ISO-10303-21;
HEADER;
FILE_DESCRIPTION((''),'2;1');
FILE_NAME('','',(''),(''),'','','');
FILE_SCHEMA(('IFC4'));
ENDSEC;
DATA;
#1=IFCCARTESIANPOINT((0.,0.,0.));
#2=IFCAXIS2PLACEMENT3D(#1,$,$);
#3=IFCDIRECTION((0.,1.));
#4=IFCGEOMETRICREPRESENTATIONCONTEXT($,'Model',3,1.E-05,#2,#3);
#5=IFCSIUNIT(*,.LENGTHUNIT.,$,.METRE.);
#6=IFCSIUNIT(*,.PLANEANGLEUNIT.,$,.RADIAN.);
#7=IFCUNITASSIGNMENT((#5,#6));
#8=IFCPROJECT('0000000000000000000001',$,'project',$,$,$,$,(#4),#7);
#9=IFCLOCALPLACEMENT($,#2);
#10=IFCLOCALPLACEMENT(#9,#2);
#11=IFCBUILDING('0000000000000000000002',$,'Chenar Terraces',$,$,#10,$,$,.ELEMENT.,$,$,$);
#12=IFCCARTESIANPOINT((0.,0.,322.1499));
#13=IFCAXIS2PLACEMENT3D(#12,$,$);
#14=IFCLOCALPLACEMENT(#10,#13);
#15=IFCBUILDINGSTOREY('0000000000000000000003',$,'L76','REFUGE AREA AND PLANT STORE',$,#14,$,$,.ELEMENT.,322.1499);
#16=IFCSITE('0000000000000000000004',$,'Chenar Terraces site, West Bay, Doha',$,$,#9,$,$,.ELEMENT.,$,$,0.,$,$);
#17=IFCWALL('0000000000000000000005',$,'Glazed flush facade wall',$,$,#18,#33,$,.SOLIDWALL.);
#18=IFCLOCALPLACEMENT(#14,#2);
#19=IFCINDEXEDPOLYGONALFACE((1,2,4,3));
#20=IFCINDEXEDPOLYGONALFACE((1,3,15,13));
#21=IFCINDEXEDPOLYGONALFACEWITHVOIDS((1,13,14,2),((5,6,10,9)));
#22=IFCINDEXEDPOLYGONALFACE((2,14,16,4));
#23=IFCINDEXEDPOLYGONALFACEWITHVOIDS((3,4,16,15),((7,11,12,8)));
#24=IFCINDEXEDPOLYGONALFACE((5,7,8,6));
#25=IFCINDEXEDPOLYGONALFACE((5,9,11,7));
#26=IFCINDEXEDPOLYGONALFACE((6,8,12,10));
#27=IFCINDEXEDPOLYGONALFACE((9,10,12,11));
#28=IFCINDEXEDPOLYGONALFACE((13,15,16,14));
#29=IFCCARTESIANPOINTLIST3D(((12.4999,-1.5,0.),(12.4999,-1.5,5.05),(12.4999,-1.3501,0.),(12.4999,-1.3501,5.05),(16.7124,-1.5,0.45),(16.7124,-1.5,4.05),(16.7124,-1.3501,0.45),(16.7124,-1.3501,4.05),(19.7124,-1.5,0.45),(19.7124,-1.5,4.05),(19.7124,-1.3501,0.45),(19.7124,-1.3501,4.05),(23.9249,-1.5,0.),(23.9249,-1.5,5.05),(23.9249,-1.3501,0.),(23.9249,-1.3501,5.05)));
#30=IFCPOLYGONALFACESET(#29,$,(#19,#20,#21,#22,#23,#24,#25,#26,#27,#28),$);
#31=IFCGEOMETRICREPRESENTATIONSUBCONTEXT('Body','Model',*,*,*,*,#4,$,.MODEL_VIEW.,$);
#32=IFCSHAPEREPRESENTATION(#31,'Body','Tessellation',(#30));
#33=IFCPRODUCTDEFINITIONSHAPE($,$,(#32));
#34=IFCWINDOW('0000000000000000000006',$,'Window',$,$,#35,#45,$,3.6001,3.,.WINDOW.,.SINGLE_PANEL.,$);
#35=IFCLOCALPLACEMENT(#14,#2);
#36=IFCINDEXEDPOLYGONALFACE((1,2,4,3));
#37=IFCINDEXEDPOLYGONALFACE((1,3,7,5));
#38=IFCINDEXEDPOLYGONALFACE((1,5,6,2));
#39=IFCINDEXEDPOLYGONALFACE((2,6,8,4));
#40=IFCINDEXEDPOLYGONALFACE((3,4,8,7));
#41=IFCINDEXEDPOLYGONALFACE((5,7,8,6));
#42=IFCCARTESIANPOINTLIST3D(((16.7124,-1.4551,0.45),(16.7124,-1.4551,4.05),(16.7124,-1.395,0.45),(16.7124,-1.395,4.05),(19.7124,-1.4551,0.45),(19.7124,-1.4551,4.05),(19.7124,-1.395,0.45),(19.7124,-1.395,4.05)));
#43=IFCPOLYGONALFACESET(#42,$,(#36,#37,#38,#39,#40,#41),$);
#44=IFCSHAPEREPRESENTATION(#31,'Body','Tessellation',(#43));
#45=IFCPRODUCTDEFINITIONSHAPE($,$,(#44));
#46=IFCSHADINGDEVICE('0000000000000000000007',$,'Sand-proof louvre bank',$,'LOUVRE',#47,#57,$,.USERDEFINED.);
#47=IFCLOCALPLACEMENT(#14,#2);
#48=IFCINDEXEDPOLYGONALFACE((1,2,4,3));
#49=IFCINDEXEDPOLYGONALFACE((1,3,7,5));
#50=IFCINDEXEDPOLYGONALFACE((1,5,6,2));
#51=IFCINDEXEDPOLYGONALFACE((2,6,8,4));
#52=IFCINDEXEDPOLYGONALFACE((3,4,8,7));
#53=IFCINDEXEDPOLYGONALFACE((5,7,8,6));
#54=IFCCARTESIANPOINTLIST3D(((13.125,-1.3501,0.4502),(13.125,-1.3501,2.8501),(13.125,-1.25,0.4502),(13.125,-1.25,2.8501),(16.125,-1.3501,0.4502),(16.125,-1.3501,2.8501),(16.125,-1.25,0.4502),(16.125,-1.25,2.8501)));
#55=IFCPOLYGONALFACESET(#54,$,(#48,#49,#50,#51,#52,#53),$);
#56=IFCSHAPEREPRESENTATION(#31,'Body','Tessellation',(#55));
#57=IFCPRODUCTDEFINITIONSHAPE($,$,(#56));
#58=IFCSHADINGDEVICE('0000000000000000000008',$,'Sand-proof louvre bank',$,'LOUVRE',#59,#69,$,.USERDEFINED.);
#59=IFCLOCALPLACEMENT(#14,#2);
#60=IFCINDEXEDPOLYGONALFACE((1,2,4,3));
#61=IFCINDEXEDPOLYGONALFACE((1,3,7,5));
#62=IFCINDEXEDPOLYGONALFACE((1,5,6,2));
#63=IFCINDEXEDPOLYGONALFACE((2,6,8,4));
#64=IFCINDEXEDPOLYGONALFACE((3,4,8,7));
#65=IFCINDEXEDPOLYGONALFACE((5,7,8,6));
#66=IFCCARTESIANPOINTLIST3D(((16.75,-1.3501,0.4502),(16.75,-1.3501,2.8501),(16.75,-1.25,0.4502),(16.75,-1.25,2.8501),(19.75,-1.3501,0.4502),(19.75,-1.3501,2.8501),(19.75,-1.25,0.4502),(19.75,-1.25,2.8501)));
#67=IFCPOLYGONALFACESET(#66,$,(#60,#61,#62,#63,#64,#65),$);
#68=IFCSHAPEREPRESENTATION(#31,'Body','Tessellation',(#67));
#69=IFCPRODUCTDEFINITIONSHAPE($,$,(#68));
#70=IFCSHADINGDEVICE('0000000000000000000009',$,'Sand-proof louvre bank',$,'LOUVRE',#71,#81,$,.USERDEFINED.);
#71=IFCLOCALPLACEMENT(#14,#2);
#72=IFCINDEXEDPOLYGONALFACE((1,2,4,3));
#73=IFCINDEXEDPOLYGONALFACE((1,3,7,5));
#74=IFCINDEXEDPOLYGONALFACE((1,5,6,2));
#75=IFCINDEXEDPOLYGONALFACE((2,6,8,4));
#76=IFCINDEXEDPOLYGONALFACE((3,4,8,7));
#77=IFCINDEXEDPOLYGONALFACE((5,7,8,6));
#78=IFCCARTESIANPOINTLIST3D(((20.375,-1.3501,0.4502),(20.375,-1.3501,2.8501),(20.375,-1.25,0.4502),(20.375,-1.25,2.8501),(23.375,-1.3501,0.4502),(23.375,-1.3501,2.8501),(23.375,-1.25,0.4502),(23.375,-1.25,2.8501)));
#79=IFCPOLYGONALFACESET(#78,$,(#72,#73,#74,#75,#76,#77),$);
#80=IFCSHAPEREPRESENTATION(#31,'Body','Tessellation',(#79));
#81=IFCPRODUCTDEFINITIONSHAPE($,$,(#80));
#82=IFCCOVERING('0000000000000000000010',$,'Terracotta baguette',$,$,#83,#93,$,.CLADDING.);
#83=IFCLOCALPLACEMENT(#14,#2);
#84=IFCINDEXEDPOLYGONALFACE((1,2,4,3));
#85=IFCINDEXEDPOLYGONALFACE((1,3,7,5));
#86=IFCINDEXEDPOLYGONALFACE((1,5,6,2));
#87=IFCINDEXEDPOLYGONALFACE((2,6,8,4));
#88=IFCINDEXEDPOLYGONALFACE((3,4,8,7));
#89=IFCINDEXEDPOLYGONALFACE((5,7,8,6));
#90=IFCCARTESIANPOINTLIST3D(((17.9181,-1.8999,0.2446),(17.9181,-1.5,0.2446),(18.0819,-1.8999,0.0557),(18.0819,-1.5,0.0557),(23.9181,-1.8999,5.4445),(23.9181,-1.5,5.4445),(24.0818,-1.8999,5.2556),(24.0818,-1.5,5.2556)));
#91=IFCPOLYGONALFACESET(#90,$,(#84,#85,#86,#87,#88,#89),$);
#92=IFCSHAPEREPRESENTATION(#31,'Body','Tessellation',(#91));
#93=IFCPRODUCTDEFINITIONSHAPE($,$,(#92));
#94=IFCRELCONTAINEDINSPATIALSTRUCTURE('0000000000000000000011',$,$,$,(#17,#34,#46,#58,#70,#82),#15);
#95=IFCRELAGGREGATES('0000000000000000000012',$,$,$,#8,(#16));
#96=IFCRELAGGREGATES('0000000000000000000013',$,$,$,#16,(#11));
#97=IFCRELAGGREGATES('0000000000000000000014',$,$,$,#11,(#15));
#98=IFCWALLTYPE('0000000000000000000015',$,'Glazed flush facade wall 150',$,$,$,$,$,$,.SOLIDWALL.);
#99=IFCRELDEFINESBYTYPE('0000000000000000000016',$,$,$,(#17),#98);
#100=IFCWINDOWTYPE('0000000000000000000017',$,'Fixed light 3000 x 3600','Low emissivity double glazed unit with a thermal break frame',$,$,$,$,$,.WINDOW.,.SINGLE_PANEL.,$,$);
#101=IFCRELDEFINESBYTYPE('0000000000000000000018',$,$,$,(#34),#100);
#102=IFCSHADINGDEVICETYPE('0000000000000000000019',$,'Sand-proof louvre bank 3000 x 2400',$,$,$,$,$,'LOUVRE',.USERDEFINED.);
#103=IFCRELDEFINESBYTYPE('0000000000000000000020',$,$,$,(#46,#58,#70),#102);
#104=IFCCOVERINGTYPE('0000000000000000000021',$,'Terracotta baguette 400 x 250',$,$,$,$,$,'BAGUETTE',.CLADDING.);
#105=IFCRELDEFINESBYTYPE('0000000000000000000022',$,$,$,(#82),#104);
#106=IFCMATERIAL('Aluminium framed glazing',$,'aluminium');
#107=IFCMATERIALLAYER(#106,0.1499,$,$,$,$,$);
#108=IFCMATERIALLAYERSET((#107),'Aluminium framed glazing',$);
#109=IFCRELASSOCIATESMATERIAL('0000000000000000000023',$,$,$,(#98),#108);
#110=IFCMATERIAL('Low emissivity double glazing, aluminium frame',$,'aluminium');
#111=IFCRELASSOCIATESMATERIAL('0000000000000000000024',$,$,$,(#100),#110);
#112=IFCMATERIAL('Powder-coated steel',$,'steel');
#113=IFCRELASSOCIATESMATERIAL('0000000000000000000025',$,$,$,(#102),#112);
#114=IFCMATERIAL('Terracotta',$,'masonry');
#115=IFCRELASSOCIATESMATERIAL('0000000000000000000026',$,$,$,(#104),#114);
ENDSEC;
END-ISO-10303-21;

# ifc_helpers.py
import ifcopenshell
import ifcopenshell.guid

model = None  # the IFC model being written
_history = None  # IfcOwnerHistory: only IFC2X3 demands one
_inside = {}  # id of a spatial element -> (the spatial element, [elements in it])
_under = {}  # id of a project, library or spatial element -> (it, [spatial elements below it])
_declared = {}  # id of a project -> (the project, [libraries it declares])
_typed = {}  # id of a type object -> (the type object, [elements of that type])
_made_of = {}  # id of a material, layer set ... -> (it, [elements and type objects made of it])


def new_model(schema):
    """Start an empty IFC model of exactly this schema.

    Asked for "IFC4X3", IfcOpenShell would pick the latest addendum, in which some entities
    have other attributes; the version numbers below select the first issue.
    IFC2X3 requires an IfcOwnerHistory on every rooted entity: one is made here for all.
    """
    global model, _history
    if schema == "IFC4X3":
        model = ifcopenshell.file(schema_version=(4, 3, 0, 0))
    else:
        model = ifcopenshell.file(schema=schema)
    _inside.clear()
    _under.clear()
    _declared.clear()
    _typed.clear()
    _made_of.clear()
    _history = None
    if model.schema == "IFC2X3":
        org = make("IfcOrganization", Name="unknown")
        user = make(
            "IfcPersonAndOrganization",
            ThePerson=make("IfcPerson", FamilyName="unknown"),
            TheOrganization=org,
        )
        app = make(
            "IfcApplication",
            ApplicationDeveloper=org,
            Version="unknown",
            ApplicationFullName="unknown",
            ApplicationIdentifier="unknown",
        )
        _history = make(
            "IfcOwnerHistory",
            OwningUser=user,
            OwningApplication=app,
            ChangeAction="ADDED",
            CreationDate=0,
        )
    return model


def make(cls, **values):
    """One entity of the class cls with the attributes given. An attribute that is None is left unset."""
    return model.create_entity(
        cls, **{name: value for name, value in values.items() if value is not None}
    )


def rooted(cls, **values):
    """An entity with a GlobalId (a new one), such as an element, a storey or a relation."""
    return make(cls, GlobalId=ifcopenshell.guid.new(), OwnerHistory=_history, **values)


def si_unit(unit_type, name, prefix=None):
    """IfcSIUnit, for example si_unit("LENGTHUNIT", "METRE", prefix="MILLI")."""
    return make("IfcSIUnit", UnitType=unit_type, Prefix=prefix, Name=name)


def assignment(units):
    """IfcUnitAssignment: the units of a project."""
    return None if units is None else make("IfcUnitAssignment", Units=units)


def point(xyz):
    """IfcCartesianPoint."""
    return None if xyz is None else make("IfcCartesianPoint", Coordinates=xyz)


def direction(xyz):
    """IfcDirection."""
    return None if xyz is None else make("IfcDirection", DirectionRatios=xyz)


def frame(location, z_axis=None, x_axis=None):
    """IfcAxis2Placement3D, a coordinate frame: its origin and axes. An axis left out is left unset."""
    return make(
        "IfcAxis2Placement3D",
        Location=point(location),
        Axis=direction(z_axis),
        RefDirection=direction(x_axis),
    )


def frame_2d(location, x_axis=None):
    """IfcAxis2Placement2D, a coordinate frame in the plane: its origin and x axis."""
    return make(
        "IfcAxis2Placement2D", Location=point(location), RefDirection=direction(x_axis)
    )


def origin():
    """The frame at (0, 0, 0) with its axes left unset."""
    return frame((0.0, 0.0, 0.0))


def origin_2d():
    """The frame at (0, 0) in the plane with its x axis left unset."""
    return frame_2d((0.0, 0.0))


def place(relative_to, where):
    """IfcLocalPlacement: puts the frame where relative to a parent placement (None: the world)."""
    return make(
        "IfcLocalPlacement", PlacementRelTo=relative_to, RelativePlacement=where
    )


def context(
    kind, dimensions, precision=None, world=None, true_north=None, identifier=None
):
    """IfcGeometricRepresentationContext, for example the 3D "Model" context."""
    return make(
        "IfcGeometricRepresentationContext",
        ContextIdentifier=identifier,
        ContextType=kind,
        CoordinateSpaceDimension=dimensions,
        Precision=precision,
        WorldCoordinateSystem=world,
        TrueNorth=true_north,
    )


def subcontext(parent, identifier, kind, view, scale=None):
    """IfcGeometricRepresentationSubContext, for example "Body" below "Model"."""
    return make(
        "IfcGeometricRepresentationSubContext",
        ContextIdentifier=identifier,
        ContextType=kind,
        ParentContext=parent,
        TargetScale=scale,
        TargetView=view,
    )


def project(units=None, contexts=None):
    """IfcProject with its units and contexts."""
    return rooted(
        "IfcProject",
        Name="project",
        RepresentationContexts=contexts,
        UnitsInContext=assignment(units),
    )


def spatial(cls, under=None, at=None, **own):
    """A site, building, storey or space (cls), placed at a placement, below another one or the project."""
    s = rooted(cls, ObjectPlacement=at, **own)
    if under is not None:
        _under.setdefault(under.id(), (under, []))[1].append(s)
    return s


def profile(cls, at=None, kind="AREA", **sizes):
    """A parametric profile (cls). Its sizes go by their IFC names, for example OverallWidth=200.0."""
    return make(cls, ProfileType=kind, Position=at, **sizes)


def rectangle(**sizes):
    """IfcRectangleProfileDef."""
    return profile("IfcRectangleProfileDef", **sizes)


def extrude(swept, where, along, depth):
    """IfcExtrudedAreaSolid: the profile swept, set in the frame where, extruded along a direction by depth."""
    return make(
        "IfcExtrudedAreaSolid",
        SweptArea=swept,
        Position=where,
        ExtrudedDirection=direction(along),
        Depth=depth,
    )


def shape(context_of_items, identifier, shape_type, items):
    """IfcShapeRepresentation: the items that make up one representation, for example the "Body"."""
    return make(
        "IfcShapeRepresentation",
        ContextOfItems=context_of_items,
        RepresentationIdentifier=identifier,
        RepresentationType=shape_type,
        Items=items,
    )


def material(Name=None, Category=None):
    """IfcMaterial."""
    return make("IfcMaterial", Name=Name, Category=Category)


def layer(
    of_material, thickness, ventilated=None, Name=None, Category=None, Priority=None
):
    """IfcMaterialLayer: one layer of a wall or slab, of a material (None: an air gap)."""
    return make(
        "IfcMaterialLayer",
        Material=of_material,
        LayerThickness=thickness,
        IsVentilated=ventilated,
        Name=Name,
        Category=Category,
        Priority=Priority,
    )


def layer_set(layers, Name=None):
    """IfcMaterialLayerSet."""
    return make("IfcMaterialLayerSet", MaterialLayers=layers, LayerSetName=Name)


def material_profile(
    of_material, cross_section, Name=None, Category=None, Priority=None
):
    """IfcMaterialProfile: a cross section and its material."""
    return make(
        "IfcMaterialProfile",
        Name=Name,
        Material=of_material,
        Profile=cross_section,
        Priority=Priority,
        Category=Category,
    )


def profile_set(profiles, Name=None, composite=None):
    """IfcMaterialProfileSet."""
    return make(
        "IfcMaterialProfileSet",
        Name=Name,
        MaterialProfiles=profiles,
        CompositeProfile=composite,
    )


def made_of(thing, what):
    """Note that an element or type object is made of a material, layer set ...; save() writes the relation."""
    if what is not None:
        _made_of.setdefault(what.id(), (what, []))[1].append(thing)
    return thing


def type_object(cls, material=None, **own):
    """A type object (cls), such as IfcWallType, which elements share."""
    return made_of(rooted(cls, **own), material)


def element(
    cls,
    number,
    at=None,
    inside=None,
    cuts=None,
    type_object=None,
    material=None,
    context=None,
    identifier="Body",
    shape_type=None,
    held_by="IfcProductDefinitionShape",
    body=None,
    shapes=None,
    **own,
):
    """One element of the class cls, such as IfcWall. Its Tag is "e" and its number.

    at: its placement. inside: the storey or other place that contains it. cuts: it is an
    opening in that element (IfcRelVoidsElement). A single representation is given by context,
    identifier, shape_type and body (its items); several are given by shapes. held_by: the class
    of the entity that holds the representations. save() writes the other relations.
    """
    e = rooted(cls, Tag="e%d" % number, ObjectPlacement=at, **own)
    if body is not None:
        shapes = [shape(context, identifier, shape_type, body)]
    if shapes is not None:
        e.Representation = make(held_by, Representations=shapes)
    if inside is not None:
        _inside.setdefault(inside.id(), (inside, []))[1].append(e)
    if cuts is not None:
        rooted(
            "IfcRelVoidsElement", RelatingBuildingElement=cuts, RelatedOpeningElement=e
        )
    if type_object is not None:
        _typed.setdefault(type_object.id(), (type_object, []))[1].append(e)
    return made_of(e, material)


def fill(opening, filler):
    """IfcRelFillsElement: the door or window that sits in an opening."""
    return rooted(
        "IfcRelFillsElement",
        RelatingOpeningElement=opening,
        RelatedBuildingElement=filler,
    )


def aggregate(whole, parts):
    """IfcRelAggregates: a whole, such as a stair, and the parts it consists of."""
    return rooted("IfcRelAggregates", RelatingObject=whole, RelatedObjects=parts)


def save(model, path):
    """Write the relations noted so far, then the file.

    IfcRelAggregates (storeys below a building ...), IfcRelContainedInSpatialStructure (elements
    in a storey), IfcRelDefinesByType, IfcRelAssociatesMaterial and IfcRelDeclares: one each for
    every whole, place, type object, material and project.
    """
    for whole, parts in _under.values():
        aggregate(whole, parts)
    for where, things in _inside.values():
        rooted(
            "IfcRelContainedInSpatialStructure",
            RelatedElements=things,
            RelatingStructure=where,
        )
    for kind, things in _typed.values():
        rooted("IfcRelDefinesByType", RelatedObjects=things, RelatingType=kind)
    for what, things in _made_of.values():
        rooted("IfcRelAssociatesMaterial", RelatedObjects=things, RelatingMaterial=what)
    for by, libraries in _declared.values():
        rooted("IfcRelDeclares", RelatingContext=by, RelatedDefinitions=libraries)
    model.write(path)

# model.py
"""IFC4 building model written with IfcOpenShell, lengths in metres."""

from ifc_helpers import new_model, si_unit, direction, frame, frame_2d, origin, origin_2d, place, context, subcontext, project, spatial, rectangle, extrude, material, layer, layer_set, material_profile, profile_set, type_object, element, fill, save


model = new_model("IFC4")

# Units and contexts
model_context = context("Model", 3, precision=1e-05, world=origin(), true_north=direction((0.0, 1.0)))
body_context = subcontext(model_context, "Body", "Model", "MODEL_VIEW")
ifc_project = project(units=[si_unit("LENGTHUNIT", "METRE"), si_unit("PLANEANGLEUNIT", "RADIAN")], contexts=[model_context])

# Site, building, storey
site_placement = place(None, origin())
site = spatial("IfcSite", under=ifc_project, at=site_placement, Name="Chenar Terraces site, West Bay, Doha", CompositionType="ELEMENT", RefElevation=0.0)
building_placement = place(site_placement, origin())
building = spatial("IfcBuilding", under=site, at=building_placement, Name="Chenar Terraces", CompositionType="ELEMENT")
storey_placement = place(building_placement, frame((0.0, 0.0, 322.1499)))
storey = spatial("IfcBuildingStorey", under=building, at=storey_placement, Name="L76", Description="REFUGE AREA AND PLANT STORE", CompositionType="ELEMENT", Elevation=322.1499)

# Wall, opening, window
ifc_material_1 = material(Name="Aluminium framed glazing", Category="aluminium")
ifc_layer_1 = layer(ifc_material_1, 0.1499)
ifc_layer_set_1 = layer_set([ifc_layer_1], Name="Aluminium framed glazing")
wall_type_1 = type_object("IfcWallType", Name="Glazed flush facade wall 150", PredefinedType="SOLIDWALL", material=ifc_layer_set_1)
wall_1_placement = place(storey_placement, frame((12.5, -1.425, 0.0), z_axis=(0.0, 0.0, 1.0), x_axis=(1.0, 0.0, 0.0)))
wall_1 = element("IfcWall", 1, at=wall_1_placement, inside=storey, type_object=wall_type_1, Name="Glazed flush facade wall", PredefinedType="SOLIDWALL", context=body_context, shape_type="SweptSolid", body=[
    extrude(rectangle(XDim=11.425, YDim=0.1499, at=frame_2d((5.7124, 0.0))), origin(), (0.0, 0.0, 1.0), 5.05),
])
opening_1_placement = place(wall_1_placement, frame((4.2124, 0.0, 0.45)))
opening_1 = element("IfcOpeningElement", 2, at=opening_1_placement, cuts=wall_1, PredefinedType="OPENING", context=body_context, shape_type="SweptSolid", body=[
    extrude(rectangle(XDim=3.0, YDim=3.6001, at=frame_2d((1.5, 1.8))), frame((0.0, 0.085, 0.0), z_axis=(0.0, -1.0, 0.0), x_axis=(1.0, 0.0, 0.0)), (0.0, 0.0, 1.0), 0.1699),
])
ifc_material_2 = material(Name="Low emissivity double glazing, aluminium frame", Category="aluminium")
window_type = type_object("IfcWindowType", Name="Fixed light 3000 x 3600", Description="Low emissivity double glazed unit with a thermal break frame", PartitioningType="SINGLE_PANEL", PredefinedType="WINDOW", material=ifc_material_2)
window_placement = place(opening_1_placement, origin())
window = element("IfcWindow", 3, at=window_placement, inside=storey, type_object=window_type, Name="Window", OverallHeight=3.6001, OverallWidth=3.0, PartitioningType="SINGLE_PANEL", PredefinedType="WINDOW", context=body_context, shape_type="SweptSolid", body=[
    extrude(rectangle(XDim=3.0, YDim=3.6001, at=frame_2d((1.5, 1.8))), frame((0.0, 0.03, 0.0), z_axis=(0.0, -1.0, 0.0), x_axis=(1.0, 0.0, 0.0)), (0.0, 0.0, 1.0), 0.0601),
])
fill(opening_1, window)

# Shading devices
ifc_material_3 = material(Name="Powder-coated steel", Category="steel")
shading_device_type = type_object("IfcShadingDeviceType", Name="Sand-proof louvre bank 3000 x 2400", ElementType="LOUVRE", PredefinedType="USERDEFINED", material=ifc_material_3)
for number, where, z_axis, x_axis, name in (
    (4, (14.625, -1.3, 0.4502), (0.0, 0.0, 1.0), (1.0, 0.0, 0.0), "Sand-proof louvre bank"),
    (5, (18.25, -1.3, 0.4502), (0.0, 0.0, 1.0), (1.0, 0.0, 0.0), "Sand-proof louvre bank"),
    (6, (21.875, -1.3, 0.4502), (0.0, 0.0, 1.0), (1.0, 0.0, 0.0), "Sand-proof louvre bank"),
):
    element("IfcShadingDevice", number, at=place(storey_placement, frame(where, z_axis=z_axis, x_axis=x_axis)), inside=storey, type_object=shading_device_type, Name=name, ObjectType="LOUVRE", PredefinedType="USERDEFINED", context=body_context, shape_type="SweptSolid", body=[
        extrude(rectangle(XDim=3.0, YDim=0.1001, at=origin_2d()), origin(), (0.0, 0.0, 1.0), 2.3999),
    ])

# Covering
ifc_material_4 = material(Name="Terracotta", Category="masonry")
ifc_material_profile_1 = material_profile(ifc_material_4, rectangle(XDim=0.3999, YDim=0.25, at=origin_2d()), Name="Terracotta baguette 400 x 250")
ifc_profile_set_1 = profile_set([ifc_material_profile_1], Name="Terracotta")
covering_type = type_object("IfcCoveringType", Name="Terracotta baguette 400 x 250", ElementType="BAGUETTE", PredefinedType="CLADDING", material=ifc_profile_set_1)
covering_placement = place(storey_placement, frame((18.0, -1.7, 0.1501), z_axis=(0.755692, 0.0, 0.654927), x_axis=(0.0, 1.0, 0.0)))
element("IfcCovering", 7, at=covering_placement, inside=storey, type_object=covering_type, Name="Terracotta baguette", PredefinedType="CLADDING", context=body_context, shape_type="SweptSolid", body=[
    extrude(rectangle(XDim=0.3999, YDim=0.25, at=origin_2d()), origin(), (0.0, 0.0, 1.0), 7.9397),
])

save(model, "model.ifc")
